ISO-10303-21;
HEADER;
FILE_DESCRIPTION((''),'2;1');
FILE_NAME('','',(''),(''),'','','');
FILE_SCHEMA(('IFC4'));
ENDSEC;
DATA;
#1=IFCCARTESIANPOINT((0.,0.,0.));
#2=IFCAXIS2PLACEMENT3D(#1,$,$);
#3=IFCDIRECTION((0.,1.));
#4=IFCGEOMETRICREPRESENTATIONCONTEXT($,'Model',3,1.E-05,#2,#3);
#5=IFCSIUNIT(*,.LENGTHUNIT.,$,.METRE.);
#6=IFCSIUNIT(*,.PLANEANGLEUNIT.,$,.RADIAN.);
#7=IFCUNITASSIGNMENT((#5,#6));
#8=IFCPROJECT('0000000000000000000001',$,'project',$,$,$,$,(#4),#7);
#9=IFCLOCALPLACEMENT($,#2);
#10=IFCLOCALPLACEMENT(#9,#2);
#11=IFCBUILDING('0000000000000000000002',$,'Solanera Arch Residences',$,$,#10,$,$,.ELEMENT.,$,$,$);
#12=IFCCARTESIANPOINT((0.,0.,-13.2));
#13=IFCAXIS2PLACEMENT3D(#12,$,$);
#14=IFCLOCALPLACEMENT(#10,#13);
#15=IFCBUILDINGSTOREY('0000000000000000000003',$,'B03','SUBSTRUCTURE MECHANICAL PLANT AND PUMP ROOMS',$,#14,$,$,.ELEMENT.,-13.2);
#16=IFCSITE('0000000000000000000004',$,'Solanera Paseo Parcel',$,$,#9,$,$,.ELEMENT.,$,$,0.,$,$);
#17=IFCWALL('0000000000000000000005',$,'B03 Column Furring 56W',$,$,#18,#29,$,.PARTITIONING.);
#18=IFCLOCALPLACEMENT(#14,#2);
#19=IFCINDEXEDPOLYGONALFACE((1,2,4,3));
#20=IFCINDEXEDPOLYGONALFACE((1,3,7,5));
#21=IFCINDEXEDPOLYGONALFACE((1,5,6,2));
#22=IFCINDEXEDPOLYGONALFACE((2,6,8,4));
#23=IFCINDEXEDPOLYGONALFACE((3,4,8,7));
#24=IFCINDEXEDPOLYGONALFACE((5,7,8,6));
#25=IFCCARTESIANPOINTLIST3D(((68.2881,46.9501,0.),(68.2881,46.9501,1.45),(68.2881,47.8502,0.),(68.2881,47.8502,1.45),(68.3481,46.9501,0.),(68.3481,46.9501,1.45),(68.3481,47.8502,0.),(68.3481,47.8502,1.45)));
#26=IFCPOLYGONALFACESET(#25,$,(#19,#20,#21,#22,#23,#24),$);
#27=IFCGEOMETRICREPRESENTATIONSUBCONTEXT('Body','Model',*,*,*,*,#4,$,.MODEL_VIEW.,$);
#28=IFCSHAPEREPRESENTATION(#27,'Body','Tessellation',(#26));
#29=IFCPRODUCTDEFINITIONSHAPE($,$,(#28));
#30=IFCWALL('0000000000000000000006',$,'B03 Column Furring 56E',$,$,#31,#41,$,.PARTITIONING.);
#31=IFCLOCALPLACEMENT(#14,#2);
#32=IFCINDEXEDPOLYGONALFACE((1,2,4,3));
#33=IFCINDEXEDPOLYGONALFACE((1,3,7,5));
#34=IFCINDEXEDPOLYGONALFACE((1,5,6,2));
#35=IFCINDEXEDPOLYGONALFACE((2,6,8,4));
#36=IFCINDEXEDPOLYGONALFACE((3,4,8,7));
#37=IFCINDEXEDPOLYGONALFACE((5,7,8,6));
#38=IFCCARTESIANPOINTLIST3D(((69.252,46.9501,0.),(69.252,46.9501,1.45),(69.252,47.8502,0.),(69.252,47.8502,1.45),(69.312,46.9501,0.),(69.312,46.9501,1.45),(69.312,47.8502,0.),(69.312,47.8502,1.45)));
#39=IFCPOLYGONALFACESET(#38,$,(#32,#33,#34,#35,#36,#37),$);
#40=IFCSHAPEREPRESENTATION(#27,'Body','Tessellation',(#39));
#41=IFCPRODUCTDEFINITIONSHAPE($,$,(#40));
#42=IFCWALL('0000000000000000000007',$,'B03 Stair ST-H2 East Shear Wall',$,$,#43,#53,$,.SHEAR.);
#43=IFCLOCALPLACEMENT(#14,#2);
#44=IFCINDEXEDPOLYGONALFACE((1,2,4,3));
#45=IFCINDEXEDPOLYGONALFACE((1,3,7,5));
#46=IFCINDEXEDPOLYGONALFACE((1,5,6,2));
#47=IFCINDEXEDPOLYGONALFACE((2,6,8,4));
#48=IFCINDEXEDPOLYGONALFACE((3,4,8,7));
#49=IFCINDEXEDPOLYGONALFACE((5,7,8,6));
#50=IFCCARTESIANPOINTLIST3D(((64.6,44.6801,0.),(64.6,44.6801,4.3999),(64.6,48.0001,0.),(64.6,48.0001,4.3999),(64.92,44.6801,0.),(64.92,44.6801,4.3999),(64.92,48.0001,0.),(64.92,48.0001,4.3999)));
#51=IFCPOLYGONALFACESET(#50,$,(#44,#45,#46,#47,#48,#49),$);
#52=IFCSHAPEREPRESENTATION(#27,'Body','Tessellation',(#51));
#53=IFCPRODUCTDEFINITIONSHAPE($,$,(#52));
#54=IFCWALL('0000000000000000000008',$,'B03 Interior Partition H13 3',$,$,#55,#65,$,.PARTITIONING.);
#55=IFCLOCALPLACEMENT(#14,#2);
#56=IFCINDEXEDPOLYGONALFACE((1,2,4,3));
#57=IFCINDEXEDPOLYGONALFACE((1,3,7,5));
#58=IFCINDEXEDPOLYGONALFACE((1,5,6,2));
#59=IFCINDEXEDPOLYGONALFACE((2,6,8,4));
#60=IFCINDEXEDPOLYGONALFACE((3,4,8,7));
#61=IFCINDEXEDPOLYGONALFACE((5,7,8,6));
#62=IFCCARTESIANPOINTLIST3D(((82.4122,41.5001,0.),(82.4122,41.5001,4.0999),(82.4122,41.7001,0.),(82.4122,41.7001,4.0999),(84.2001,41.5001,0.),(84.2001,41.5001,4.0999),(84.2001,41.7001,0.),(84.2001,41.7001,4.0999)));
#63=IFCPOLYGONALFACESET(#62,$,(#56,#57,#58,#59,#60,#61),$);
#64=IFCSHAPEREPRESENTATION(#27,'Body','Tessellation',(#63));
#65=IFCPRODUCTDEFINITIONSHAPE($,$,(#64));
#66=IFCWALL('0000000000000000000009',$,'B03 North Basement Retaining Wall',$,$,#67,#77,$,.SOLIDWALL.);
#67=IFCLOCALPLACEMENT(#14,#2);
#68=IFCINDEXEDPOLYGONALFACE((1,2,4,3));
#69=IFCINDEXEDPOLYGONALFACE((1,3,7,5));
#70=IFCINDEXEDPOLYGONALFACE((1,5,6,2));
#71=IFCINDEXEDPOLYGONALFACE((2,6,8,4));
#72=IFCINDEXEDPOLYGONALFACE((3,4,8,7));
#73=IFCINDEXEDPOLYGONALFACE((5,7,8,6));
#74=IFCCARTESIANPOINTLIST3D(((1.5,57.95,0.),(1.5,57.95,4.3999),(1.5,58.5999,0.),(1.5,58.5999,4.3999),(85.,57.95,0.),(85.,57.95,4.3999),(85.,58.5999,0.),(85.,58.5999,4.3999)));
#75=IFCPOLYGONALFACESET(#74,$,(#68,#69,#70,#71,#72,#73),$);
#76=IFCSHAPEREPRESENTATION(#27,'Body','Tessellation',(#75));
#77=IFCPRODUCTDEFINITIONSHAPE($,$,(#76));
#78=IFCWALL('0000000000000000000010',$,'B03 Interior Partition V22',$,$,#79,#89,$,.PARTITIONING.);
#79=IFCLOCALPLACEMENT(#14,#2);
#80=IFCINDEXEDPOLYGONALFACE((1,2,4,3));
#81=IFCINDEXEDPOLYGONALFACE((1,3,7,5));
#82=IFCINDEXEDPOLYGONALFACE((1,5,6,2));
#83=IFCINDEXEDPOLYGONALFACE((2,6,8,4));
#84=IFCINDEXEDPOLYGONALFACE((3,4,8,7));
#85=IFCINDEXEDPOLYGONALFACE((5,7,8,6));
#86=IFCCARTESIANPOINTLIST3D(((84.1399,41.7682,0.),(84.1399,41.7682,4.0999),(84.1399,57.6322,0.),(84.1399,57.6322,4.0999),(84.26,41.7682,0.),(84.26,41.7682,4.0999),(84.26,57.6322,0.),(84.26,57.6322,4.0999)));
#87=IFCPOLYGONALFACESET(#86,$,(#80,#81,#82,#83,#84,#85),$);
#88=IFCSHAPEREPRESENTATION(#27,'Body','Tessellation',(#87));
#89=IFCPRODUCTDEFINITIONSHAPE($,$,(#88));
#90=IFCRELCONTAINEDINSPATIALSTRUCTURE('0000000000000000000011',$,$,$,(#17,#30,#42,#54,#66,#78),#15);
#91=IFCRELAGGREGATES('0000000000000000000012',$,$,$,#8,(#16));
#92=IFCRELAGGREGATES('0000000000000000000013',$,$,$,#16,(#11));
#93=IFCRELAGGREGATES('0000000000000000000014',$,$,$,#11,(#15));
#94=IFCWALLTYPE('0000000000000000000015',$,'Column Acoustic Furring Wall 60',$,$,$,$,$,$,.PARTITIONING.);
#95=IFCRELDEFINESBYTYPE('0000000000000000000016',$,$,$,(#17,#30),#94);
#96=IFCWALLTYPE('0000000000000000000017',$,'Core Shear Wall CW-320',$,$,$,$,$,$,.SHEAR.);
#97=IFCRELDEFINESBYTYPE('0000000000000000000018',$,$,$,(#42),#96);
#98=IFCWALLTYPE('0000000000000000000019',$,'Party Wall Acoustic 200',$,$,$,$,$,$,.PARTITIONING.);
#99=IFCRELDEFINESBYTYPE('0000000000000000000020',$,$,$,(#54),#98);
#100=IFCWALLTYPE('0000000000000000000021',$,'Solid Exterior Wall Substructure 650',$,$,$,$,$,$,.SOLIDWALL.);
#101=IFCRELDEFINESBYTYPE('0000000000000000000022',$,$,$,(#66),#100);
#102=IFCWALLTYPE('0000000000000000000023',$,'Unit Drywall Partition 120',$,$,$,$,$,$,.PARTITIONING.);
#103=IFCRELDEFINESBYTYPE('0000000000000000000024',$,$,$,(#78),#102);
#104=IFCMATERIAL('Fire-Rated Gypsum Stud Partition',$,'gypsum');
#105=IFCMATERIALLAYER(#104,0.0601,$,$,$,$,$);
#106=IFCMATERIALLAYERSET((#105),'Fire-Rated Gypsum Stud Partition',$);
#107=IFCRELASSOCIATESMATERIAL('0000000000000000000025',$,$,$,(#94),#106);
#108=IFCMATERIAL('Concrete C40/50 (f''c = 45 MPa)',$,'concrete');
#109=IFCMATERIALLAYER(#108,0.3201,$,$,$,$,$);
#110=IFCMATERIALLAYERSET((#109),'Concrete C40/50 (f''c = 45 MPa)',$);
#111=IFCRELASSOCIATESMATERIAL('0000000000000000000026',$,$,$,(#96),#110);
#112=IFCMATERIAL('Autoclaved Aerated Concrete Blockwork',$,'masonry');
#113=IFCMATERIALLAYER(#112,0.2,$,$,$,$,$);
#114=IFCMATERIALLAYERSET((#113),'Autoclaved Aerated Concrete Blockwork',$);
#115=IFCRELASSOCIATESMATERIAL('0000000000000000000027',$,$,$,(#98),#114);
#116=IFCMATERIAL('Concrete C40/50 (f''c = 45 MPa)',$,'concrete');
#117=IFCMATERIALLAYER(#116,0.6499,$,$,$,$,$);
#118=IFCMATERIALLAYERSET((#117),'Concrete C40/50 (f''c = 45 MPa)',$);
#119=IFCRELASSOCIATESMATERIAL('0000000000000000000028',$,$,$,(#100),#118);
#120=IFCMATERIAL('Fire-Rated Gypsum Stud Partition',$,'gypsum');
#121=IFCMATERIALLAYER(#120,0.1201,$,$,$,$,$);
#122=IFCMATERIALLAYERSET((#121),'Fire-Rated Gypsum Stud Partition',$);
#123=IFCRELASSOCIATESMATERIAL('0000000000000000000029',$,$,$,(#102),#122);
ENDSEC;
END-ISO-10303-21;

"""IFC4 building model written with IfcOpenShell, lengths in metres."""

from ifc_helpers import new_model, si_unit, direction, frame, frame_2d, origin, place, context, subcontext, project, spatial, rectangle, extrude, material, layer, layer_set, type_object, element, save


model = new_model("IFC4")

# Units and contexts
model_context = context("Model", 3, precision=1e-05, world=origin(), true_north=direction((0.0, 1.0)))
body_context = subcontext(model_context, "Body", "Model", "MODEL_VIEW")
ifc_project = project(units=[si_unit("LENGTHUNIT", "METRE"), si_unit("PLANEANGLEUNIT", "RADIAN")], contexts=[model_context])

# Site, building, storey
site_placement = place(None, origin())
site = spatial("IfcSite", under=ifc_project, at=site_placement, Name="Solanera Paseo Parcel", CompositionType="ELEMENT", RefElevation=0.0)
building_placement = place(site_placement, origin())
building = spatial("IfcBuilding", under=site, at=building_placement, Name="Solanera Arch Residences", CompositionType="ELEMENT")
storey_placement = place(building_placement, frame((0.0, 0.0, -13.2)))
storey = spatial("IfcBuildingStorey", under=building, at=storey_placement, Name="B03", Description="SUBSTRUCTURE MECHANICAL PLANT AND PUMP ROOMS", CompositionType="ELEMENT", Elevation=-13.2)

# Walls
ifc_material_1 = material(Name="Fire-Rated Gypsum Stud Partition", Category="gypsum")
ifc_layer_1 = layer(ifc_material_1, 0.0601)
ifc_layer_set_1 = layer_set([ifc_layer_1], Name="Fire-Rated Gypsum Stud Partition")
wall_type_1 = type_object("IfcWallType", Name="Column Acoustic Furring Wall 60", PredefinedType="PARTITIONING", material=ifc_layer_set_1)
for number, where, z_axis, x_axis, name in (
    (1, (68.3181, 46.95, 0.0), (0.0, 0.0, 1.0), (0.0, 1.0, 0.0), "B03 Column Furring 56W"),
    (2, (69.282, 46.95, 0.0), (0.0, 0.0, 1.0), (0.0, 1.0, 0.0), "B03 Column Furring 56E"),
):
    element("IfcWall", number, at=place(storey_placement, frame(where, z_axis=z_axis, x_axis=x_axis)), inside=storey, type_object=wall_type_1, Name=name, PredefinedType="PARTITIONING", context=body_context, shape_type="SweptSolid", body=[
        extrude(rectangle(XDim=0.9001, YDim=0.0601, at=frame_2d((0.4502, 0.0))), origin(), (0.0, 0.0, 1.0), 1.45),
    ])
ifc_material_2 = material(Name="Concrete C40/50 (f'c = 45 MPa)", Category="concrete")
ifc_layer_2 = layer(ifc_material_2, 0.3201)
ifc_layer_set_2 = layer_set([ifc_layer_2], Name="Concrete C40/50 (f'c = 45 MPa)")
wall_type_2 = type_object("IfcWallType", Name="Core Shear Wall CW-320", PredefinedType="SHEAR", material=ifc_layer_set_2)
wall_1_placement = place(storey_placement, frame((64.76, 44.6799, 0.0), z_axis=(0.0, 0.0, 1.0), x_axis=(0.0, 1.0, 0.0)))
element("IfcWall", 3, at=wall_1_placement, inside=storey, type_object=wall_type_2, Name="B03 Stair ST-H2 East Shear Wall", PredefinedType="SHEAR", context=body_context, shape_type="SweptSolid", body=[
    extrude(rectangle(XDim=3.3201, YDim=0.3201, at=frame_2d((1.6602, 0.0))), origin(), (0.0, 0.0, 1.0), 4.3999),
])
ifc_material_3 = material(Name="Autoclaved Aerated Concrete Blockwork", Category="masonry")
ifc_layer_3 = layer(ifc_material_3, 0.2)
ifc_layer_set_3 = layer_set([ifc_layer_3], Name="Autoclaved Aerated Concrete Blockwork")
wall_type_3 = type_object("IfcWallType", Name="Party Wall Acoustic 200", PredefinedType="PARTITIONING", material=ifc_layer_set_3)
wall_2_placement = place(storey_placement, frame((82.4121, 41.6001, 0.0), z_axis=(0.0, 0.0, 1.0), x_axis=(1.0, 0.0, 0.0)))
element("IfcWall", 4, at=wall_2_placement, inside=storey, type_object=wall_type_3, Name="B03 Interior Partition H13 3", PredefinedType="PARTITIONING", context=body_context, shape_type="SweptSolid", body=[
    extrude(rectangle(XDim=1.7878, YDim=0.2, at=frame_2d((0.894, 0.0))), origin(), (0.0, 0.0, 1.0), 4.0999),
])
ifc_material_4 = material(Name="Concrete C40/50 (f'c = 45 MPa)", Category="concrete")
ifc_layer_4 = layer(ifc_material_4, 0.6499)
ifc_layer_set_4 = layer_set([ifc_layer_4], Name="Concrete C40/50 (f'c = 45 MPa)")
wall_type_4 = type_object("IfcWallType", Name="Solid Exterior Wall Substructure 650", PredefinedType="SOLIDWALL", material=ifc_layer_set_4)
wall_3_placement = place(storey_placement, frame((85.0, 58.2749, 0.0), z_axis=(0.0, 0.0, 1.0), x_axis=(-1.0, 0.0, 0.0)))
element("IfcWall", 5, at=wall_3_placement, inside=storey, type_object=wall_type_4, Name="B03 North Basement Retaining Wall", PredefinedType="SOLIDWALL", context=body_context, shape_type="SweptSolid", body=[
    extrude(rectangle(XDim=83.5, YDim=0.6499, at=frame_2d((41.75, 0.0))), origin(), (0.0, 0.0, 1.0), 4.3999),
])
ifc_material_5 = material(Name="Fire-Rated Gypsum Stud Partition", Category="gypsum")
ifc_layer_5 = layer(ifc_material_5, 0.1201)
ifc_layer_set_5 = layer_set([ifc_layer_5], Name="Fire-Rated Gypsum Stud Partition")
wall_type_5 = type_object("IfcWallType", Name="Unit Drywall Partition 120", PredefinedType="PARTITIONING", material=ifc_layer_set_5)
wall_4_placement = place(storey_placement, frame((84.2, 41.7681, 0.0), z_axis=(0.0, 0.0, 1.0), x_axis=(0.0, 1.0, 0.0)))
element("IfcWall", 6, at=wall_4_placement, inside=storey, type_object=wall_type_5, Name="B03 Interior Partition V22", PredefinedType="PARTITIONING", context=body_context, shape_type="SweptSolid", body=[
    extrude(rectangle(XDim=15.864, YDim=0.1201, at=frame_2d((7.9321, 0.0))), origin(), (0.0, 0.0, 1.0), 4.0999),
])

save(model, "model.ifc")
